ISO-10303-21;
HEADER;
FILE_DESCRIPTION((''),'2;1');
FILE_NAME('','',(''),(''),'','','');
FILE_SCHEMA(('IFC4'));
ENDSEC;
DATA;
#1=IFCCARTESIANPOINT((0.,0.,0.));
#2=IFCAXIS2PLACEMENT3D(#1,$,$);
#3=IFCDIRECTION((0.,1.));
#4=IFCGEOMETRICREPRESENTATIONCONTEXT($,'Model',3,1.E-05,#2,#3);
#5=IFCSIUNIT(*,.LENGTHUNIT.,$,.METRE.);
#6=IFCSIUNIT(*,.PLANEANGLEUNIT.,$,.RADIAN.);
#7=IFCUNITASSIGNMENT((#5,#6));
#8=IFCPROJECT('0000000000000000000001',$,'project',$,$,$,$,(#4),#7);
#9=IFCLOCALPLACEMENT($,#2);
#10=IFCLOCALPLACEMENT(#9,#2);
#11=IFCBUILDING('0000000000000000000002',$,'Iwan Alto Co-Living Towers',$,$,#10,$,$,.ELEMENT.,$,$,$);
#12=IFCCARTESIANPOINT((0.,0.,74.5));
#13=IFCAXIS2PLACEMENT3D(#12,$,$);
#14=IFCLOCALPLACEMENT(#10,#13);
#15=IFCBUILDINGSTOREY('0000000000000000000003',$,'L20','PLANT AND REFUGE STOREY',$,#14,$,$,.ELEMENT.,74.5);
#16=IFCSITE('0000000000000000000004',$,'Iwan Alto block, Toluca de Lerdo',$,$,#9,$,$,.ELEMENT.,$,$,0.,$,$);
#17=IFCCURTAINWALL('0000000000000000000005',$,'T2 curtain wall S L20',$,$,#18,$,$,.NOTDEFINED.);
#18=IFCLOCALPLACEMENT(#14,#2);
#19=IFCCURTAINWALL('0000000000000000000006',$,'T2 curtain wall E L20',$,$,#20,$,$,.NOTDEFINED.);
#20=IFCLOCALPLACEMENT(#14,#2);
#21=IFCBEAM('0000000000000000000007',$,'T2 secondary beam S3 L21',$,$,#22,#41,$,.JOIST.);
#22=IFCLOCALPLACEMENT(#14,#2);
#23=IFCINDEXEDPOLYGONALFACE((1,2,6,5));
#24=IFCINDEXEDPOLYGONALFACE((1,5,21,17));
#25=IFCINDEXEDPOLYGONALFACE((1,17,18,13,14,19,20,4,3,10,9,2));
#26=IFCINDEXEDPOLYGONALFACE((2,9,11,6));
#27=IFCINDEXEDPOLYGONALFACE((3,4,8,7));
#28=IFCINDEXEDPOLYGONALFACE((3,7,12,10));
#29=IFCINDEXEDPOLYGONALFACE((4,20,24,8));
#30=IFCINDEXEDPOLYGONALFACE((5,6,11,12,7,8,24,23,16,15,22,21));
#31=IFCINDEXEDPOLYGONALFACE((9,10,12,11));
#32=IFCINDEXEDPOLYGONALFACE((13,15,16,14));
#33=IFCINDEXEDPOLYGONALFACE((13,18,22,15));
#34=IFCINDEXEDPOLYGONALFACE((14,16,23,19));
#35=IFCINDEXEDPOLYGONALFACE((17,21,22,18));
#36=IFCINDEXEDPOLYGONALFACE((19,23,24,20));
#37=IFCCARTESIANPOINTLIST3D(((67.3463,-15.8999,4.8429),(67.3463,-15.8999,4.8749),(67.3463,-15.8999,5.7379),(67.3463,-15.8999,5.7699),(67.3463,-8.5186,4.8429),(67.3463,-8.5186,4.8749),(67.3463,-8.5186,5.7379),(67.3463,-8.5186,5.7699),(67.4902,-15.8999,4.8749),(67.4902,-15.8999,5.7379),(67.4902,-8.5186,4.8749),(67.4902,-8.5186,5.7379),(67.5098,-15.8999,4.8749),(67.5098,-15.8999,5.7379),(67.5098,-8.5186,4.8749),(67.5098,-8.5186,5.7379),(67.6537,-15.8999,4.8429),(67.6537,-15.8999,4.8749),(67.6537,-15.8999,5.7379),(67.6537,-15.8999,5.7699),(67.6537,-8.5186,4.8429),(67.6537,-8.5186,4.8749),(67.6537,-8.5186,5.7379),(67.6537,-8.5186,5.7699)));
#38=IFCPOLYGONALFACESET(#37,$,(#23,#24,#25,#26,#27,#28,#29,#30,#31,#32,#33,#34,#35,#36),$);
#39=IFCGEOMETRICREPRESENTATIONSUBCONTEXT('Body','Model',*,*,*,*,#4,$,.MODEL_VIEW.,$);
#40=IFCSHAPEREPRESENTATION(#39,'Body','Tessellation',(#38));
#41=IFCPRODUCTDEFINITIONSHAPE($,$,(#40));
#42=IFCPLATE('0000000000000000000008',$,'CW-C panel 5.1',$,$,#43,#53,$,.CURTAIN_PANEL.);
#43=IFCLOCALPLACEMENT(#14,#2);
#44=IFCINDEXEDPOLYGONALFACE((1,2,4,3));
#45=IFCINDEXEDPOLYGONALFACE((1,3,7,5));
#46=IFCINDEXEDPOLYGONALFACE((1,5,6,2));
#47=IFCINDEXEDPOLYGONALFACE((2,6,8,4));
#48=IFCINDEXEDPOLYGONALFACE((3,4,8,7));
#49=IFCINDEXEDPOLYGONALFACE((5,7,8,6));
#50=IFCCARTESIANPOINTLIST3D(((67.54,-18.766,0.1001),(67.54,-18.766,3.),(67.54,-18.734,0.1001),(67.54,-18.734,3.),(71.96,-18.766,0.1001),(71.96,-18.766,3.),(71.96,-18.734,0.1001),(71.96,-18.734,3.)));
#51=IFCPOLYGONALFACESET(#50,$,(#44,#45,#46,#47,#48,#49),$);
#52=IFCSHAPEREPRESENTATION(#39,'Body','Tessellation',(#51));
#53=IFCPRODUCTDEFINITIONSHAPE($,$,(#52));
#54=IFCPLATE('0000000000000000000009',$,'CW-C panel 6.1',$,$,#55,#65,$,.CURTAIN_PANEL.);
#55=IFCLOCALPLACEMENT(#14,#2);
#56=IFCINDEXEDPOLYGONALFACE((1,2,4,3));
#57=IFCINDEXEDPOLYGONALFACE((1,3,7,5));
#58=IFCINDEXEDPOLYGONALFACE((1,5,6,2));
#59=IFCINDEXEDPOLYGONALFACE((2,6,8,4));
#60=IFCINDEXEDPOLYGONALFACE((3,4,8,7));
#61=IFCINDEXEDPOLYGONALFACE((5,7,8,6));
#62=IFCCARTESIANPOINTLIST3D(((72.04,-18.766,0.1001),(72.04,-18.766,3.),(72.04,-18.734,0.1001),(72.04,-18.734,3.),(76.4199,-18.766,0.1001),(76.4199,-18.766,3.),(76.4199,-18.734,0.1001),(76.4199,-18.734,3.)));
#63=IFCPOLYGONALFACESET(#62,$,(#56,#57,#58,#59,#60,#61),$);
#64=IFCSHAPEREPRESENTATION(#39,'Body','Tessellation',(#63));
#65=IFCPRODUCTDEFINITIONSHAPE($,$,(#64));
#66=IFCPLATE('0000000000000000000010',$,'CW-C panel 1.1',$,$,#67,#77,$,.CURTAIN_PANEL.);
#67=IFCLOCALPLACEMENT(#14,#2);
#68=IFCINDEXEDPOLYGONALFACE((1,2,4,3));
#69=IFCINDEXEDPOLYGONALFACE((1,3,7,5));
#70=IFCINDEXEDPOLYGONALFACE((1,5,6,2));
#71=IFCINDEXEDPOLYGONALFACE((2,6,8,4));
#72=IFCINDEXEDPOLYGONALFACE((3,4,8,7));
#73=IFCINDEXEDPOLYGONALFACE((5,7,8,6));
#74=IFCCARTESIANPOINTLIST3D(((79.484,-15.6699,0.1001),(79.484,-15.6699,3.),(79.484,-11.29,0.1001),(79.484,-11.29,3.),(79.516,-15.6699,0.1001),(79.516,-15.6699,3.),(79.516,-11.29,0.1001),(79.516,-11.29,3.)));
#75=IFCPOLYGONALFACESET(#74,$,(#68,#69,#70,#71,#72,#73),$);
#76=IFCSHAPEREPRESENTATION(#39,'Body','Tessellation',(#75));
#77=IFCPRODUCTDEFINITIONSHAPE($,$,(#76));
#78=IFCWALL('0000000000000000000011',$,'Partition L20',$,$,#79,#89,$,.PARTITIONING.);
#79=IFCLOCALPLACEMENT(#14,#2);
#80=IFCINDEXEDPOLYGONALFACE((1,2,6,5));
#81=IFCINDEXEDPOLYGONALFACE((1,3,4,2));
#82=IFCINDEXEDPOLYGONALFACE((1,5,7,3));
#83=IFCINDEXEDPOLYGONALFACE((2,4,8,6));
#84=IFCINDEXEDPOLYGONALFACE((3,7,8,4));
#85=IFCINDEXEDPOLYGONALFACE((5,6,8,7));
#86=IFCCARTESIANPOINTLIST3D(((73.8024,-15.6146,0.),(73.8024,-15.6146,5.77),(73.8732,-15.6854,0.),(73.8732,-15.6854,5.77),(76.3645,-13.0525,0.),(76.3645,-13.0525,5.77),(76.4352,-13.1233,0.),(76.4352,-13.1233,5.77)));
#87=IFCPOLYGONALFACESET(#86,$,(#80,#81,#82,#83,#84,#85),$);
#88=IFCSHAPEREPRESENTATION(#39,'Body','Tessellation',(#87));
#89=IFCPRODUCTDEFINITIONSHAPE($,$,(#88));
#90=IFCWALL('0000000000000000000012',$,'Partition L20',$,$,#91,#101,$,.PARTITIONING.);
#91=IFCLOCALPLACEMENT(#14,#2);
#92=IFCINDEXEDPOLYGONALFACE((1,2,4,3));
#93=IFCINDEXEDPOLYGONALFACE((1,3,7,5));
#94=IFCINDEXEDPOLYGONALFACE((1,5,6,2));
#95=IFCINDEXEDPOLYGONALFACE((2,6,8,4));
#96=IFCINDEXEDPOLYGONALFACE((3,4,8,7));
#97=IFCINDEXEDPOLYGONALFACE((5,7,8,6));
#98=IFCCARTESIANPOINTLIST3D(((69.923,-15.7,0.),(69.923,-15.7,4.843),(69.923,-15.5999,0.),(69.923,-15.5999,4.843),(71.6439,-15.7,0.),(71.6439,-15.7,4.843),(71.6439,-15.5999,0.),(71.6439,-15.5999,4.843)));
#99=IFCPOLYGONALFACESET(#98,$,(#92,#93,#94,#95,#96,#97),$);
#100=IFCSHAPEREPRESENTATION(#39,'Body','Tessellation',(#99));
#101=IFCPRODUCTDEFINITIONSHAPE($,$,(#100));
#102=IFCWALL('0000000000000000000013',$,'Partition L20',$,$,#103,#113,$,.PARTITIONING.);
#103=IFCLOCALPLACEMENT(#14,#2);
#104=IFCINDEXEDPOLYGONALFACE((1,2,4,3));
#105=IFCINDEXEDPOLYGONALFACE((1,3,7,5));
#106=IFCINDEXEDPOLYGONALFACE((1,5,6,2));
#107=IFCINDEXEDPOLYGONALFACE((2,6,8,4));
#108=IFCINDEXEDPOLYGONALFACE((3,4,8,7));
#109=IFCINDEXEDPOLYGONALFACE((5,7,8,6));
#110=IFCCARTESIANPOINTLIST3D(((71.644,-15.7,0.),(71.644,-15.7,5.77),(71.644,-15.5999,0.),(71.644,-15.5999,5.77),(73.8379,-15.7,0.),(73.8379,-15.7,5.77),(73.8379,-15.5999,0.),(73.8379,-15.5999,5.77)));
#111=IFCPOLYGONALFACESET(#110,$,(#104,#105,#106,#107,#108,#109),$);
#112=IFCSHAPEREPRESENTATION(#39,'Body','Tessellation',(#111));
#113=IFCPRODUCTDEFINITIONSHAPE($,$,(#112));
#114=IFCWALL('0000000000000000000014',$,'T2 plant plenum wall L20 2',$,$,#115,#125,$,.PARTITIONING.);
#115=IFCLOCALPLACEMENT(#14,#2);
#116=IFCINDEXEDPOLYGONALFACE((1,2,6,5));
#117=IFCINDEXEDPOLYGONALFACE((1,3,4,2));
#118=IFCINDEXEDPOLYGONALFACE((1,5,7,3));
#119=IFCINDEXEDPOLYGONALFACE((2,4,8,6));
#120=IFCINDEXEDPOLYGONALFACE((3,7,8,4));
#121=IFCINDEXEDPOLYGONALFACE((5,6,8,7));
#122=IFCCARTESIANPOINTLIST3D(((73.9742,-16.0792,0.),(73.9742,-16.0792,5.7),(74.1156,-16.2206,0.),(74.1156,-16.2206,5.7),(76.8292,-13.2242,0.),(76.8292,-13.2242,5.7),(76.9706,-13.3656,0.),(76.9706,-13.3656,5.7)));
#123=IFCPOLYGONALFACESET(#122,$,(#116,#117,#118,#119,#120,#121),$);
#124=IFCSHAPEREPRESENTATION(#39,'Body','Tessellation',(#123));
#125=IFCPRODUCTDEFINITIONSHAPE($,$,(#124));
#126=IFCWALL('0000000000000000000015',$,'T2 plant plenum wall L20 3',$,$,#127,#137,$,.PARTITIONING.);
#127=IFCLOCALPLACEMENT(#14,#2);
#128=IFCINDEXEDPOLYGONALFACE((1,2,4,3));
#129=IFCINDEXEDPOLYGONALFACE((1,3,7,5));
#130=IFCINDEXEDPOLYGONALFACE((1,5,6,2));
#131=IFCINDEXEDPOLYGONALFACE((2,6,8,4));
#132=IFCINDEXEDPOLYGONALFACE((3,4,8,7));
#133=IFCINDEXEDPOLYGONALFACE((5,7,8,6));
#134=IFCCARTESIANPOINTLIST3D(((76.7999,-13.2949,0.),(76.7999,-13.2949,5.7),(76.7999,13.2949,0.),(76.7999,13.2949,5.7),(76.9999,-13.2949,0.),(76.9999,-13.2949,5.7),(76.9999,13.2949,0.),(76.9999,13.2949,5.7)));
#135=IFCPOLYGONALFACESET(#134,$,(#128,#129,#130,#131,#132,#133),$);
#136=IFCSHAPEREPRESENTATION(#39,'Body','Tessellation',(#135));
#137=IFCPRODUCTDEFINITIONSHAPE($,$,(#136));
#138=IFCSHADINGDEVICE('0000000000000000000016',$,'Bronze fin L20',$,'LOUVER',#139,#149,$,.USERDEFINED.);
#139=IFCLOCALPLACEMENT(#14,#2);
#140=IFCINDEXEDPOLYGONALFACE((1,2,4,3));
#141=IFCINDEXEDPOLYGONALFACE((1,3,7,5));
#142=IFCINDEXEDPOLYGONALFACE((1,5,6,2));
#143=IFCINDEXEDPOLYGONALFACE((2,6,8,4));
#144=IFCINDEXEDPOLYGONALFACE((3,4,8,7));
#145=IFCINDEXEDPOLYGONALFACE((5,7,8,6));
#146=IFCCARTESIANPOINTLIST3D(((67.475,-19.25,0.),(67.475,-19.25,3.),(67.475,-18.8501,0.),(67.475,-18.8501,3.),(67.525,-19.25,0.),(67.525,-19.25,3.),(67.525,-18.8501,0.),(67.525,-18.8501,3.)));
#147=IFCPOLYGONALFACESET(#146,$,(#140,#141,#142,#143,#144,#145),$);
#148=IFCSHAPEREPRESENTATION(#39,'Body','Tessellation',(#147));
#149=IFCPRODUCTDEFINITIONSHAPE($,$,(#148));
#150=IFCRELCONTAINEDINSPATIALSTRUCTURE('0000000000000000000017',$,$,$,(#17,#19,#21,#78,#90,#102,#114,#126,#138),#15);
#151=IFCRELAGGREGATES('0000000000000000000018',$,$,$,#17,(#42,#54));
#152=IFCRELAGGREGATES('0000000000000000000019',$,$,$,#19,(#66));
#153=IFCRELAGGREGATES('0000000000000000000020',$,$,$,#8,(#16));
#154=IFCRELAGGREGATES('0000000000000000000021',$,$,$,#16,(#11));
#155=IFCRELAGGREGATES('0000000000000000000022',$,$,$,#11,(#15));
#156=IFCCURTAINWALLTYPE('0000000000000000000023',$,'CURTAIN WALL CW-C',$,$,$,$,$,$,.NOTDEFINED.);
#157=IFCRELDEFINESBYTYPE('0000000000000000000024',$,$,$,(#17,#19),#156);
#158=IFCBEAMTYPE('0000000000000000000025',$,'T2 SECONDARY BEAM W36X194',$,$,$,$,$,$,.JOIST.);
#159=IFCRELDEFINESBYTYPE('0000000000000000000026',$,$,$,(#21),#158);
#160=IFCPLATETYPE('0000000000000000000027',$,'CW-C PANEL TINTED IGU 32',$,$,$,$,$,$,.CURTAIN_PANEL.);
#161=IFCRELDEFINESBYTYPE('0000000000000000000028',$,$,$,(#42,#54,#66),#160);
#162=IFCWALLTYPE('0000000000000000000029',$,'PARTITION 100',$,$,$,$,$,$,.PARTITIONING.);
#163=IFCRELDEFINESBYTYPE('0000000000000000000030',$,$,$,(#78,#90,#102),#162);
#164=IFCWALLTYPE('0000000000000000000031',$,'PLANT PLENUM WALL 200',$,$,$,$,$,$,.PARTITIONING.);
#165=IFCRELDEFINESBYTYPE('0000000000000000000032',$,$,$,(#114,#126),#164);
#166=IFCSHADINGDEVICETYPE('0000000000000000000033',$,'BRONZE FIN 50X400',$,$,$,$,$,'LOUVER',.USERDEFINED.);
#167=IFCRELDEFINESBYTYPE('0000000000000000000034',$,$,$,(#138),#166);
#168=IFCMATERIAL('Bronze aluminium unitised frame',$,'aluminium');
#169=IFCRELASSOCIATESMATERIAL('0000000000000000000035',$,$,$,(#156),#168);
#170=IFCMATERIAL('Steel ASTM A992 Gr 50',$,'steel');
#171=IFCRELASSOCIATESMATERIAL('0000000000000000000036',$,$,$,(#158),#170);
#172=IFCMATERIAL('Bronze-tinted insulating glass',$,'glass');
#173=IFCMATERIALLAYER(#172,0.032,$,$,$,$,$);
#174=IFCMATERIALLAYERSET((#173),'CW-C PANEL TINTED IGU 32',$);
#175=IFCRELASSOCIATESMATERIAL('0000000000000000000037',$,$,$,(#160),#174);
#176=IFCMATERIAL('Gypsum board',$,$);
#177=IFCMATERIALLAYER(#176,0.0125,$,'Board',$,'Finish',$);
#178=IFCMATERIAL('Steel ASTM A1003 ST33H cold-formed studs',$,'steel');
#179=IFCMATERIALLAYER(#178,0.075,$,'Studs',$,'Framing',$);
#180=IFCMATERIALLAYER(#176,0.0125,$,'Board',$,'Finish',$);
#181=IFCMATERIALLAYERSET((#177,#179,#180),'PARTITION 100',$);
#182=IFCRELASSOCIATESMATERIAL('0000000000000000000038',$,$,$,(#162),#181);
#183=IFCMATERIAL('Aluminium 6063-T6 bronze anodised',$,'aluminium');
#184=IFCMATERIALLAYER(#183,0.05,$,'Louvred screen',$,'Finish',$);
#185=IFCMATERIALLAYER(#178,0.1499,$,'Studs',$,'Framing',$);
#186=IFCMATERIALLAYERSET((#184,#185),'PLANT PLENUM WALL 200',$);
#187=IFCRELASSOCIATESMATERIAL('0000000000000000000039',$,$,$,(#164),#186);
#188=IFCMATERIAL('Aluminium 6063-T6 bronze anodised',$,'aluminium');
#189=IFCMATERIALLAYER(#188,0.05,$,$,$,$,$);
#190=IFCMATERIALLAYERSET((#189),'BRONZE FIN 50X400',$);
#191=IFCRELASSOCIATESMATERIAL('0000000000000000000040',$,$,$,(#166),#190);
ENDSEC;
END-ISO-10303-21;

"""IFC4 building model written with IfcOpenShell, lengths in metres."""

from ifc_helpers import new_model, si_unit, direction, frame, frame_2d, origin, origin_2d, place, context, subcontext, project, spatial, rectangle, i_section, extrude, material, layer, layer_set, material_profile, profile_set, type_object, element, aggregate, save


model = new_model("IFC4")

# Units and contexts
model_context = context("Model", 3, precision=1e-05, world=origin(), true_north=direction((0.0, 1.0)))
body_context = subcontext(model_context, "Body", "Model", "MODEL_VIEW")
ifc_project = project(units=[si_unit("LENGTHUNIT", "METRE"), si_unit("PLANEANGLEUNIT", "RADIAN")], contexts=[model_context])

# Site, building, storey
site_placement = place(None, origin())
site = spatial("IfcSite", under=ifc_project, at=site_placement, Name="Iwan Alto block, Toluca de Lerdo", CompositionType="ELEMENT", RefElevation=0.0)
building_placement = place(site_placement, origin())
building = spatial("IfcBuilding", under=site, at=building_placement, Name="Iwan Alto Co-Living Towers", CompositionType="ELEMENT")
storey_placement = place(building_placement, frame((0.0, 0.0, 74.5)))
storey = spatial("IfcBuildingStorey", under=building, at=storey_placement, Name="L20", Description="PLANT AND REFUGE STOREY", CompositionType="ELEMENT", Elevation=74.5)

# Curtain wall
ifc_material_1 = material(Name="Bronze aluminium unitised frame", Category="aluminium")
curtain_wall_type = type_object("IfcCurtainWallType", Name="CURTAIN WALL CW-C", PredefinedType="NOTDEFINED", material=ifc_material_1)
curtain_wall_1_placement = place(storey_placement, origin())
curtain_wall_1 = element("IfcCurtainWall", 1, at=curtain_wall_1_placement, inside=storey, type_object=curtain_wall_type, Name="T2 curtain wall S L20", PredefinedType="NOTDEFINED")

# Curtain wall
curtain_wall_2_placement = place(storey_placement, origin())
curtain_wall_2 = element("IfcCurtainWall", 2, at=curtain_wall_2_placement, inside=storey, type_object=curtain_wall_type, Name="T2 curtain wall E L20", PredefinedType="NOTDEFINED")

# Beam
ifc_material_2 = material(Name="Steel ASTM A992 Gr 50", Category="steel")
ifc_material_profile_1 = material_profile(ifc_material_2, i_section(OverallWidth=0.3074, OverallDepth=0.927, WebThickness=0.0195, FlangeThickness=0.032, at=origin_2d()), Name="W36X194")
ifc_profile_set_1 = profile_set([ifc_material_profile_1], Name="Steel ASTM A992 Gr 50")
beam_type_1 = type_object("IfcBeamType", Name="T2 SECONDARY BEAM W36X194", PredefinedType="JOIST", material=ifc_profile_set_1)
beam_1_placement = place(storey_placement, frame((67.5, -15.8999, 5.3064), z_axis=(0.0, 1.0, 0.0), x_axis=(-1.0, 0.0, 0.0)))
element("IfcBeam", 3, at=beam_1_placement, inside=storey, type_object=beam_type_1, Name="T2 secondary beam S3 L21", PredefinedType="JOIST", context=body_context, shape_type="SweptSolid", body=[
    extrude(i_section(OverallWidth=0.3074, OverallDepth=0.927, WebThickness=0.0195, FlangeThickness=0.032, at=origin_2d()), origin(), (0.0, 0.0, 1.0), 7.3813),
])

# Plates
ifc_material_3 = material(Name="Bronze-tinted insulating glass", Category="glass")
ifc_layer_1 = layer(ifc_material_3, 0.032)
ifc_layer_set_1 = layer_set([ifc_layer_1], Name="CW-C PANEL TINTED IGU 32")
plate_type = type_object("IfcPlateType", Name="CW-C PANEL TINTED IGU 32", PredefinedType="CURTAIN_PANEL", material=ifc_layer_set_1)
plate_1_placement = place(storey_placement, frame((69.75, -18.75, 0.1001), z_axis=(0.0, 0.0, 1.0), x_axis=(1.0, 0.0, 0.0)))
plate_1 = element("IfcPlate", 4, at=plate_1_placement, type_object=plate_type, Name="CW-C panel 5.1", PredefinedType="CURTAIN_PANEL", context=body_context, shape_type="SweptSolid", body=[
    extrude(rectangle(XDim=4.4199, YDim=0.032, at=origin_2d()), origin(), (0.0, 0.0, 1.0), 2.8999),
])
plate_2_placement = place(storey_placement, frame((74.23, -18.75, 0.1001), z_axis=(0.0, 0.0, 1.0), x_axis=(1.0, 0.0, 0.0)))
plate_2 = element("IfcPlate", 5, at=plate_2_placement, type_object=plate_type, Name="CW-C panel 6.1", PredefinedType="CURTAIN_PANEL", context=body_context, shape_type="SweptSolid", body=[
    extrude(rectangle(XDim=4.3799, YDim=0.032, at=origin_2d()), origin(), (0.0, 0.0, 1.0), 2.8999),
])
aggregate(curtain_wall_1, [plate_1, plate_2])
plate_3_placement = place(storey_placement, frame((79.5, -13.48, 0.1001), z_axis=(0.0, 0.0, 1.0), x_axis=(0.0, 1.0, 0.0)))
plate_3 = element("IfcPlate", 6, at=plate_3_placement, type_object=plate_type, Name="CW-C panel 1.1", PredefinedType="CURTAIN_PANEL", context=body_context, shape_type="SweptSolid", body=[
    extrude(rectangle(XDim=4.3799, YDim=0.032, at=origin_2d()), origin(), (0.0, 0.0, 1.0), 2.8999),
])
aggregate(curtain_wall_2, [plate_3])

# Walls
ifc_material_4 = material(Name="Gypsum board")
ifc_layer_2 = layer(ifc_material_4, 0.0125, Name="Board", Category="Finish")
ifc_material_5 = material(Name="Steel ASTM A1003 ST33H cold-formed studs", Category="steel")
ifc_layer_3 = layer(ifc_material_5, 0.075, Name="Studs", Category="Framing")
ifc_layer_4 = layer(ifc_material_4, 0.0125, Name="Board", Category="Finish")
ifc_layer_set_2 = layer_set([ifc_layer_2, ifc_layer_3, ifc_layer_4], Name="PARTITION 100")
wall_type_1 = type_object("IfcWallType", Name="PARTITION 100", PredefinedType="PARTITIONING", material=ifc_layer_set_2)
wall_1_placement = place(storey_placement, frame((73.8379, -15.6499, 0.0), z_axis=(0.0, 0.0, 1.0), x_axis=(0.707107, 0.707107, 0.0)))
element("IfcWall", 7, at=wall_1_placement, inside=storey, type_object=wall_type_1, Name="Partition L20", PredefinedType="PARTITIONING", context=body_context, shape_type="SweptSolid", body=[
    extrude(rectangle(XDim=3.6233, YDim=0.1001, at=frame_2d((1.8115, 0.0))), origin(), (0.0, 0.0, 1.0), 5.77),
])
wall_2_placement = place(storey_placement, frame((69.9231, -15.6499, 0.0), z_axis=(0.0, 0.0, 1.0), x_axis=(1.0, 0.0, 0.0)))
element("IfcWall", 8, at=wall_2_placement, inside=storey, type_object=wall_type_1, Name="Partition L20", PredefinedType="PARTITIONING", context=body_context, shape_type="SweptSolid", body=[
    extrude(rectangle(XDim=1.7209, YDim=0.1001, at=frame_2d((0.8604, 0.0))), origin(), (0.0, 0.0, 1.0), 4.843),
])
wall_3_placement = place(storey_placement, frame((71.644, -15.6499, 0.0), z_axis=(0.0, 0.0, 1.0), x_axis=(1.0, 0.0, 0.0)))
element("IfcWall", 9, at=wall_3_placement, inside=storey, type_object=wall_type_1, Name="Partition L20", PredefinedType="PARTITIONING", context=body_context, shape_type="SweptSolid", body=[
    extrude(rectangle(XDim=2.1938, YDim=0.1001, at=frame_2d((1.0969, 0.0))), origin(), (0.0, 0.0, 1.0), 5.77),
])
ifc_material_6 = material(Name="Aluminium 6063-T6 bronze anodised", Category="aluminium")
ifc_layer_5 = layer(ifc_material_6, 0.05, Name="Louvred screen", Category="Finish")
ifc_layer_6 = layer(ifc_material_5, 0.1499, Name="Studs", Category="Framing")
ifc_layer_set_3 = layer_set([ifc_layer_5, ifc_layer_6], Name="PLANT PLENUM WALL 200")
wall_type_2 = type_object("IfcWallType", Name="PLANT PLENUM WALL 200", PredefinedType="PARTITIONING", material=ifc_layer_set_3)
wall_4_placement = place(storey_placement, frame((74.0449, -16.1499, 0.0), z_axis=(0.0, 0.0, 1.0), x_axis=(0.707107, 0.707107, 0.0)))
element("IfcWall", 10, at=wall_4_placement, inside=storey, type_object=wall_type_2, Name="T2 plant plenum wall L20 2", PredefinedType="PARTITIONING", context=body_context, shape_type="SweptSolid", body=[
    extrude(rectangle(XDim=4.0376, YDim=0.2, at=frame_2d((2.0188, 0.0))), origin(), (0.0, 0.0, 1.0), 5.7),
])
wall_5_placement = place(storey_placement, frame((76.8999, -13.2949, 0.0), z_axis=(0.0, 0.0, 1.0), x_axis=(0.0, 1.0, 0.0)))
element("IfcWall", 11, at=wall_5_placement, inside=storey, type_object=wall_type_2, Name="T2 plant plenum wall L20 3", PredefinedType="PARTITIONING", context=body_context, shape_type="SweptSolid", body=[
    extrude(rectangle(XDim=26.5898, YDim=0.2, at=frame_2d((13.2949, 0.0))), origin(), (0.0, 0.0, 1.0), 5.7),
])

# Shading device
ifc_material_7 = material(Name="Aluminium 6063-T6 bronze anodised", Category="aluminium")
ifc_layer_7 = layer(ifc_material_7, 0.05)
ifc_layer_set_4 = layer_set([ifc_layer_7], Name="BRONZE FIN 50X400")
shading_device_type_1 = type_object("IfcShadingDeviceType", Name="BRONZE FIN 50X400", ElementType="LOUVER", PredefinedType="USERDEFINED", material=ifc_layer_set_4)
shading_device_1_placement = place(storey_placement, frame((67.5, -19.05, 0.0), z_axis=(0.0, 0.0, 1.0), x_axis=(1.0, 0.0, 0.0)))
element("IfcShadingDevice", 12, at=shading_device_1_placement, inside=storey, type_object=shading_device_type_1, Name="Bronze fin L20", ObjectType="LOUVER", PredefinedType="USERDEFINED", context=body_context, shape_type="SweptSolid", body=[
    extrude(rectangle(XDim=0.05, YDim=0.3999, at=origin_2d()), origin(), (0.0, 0.0, 1.0), 3.0),
])

save(model, "model.ifc")
